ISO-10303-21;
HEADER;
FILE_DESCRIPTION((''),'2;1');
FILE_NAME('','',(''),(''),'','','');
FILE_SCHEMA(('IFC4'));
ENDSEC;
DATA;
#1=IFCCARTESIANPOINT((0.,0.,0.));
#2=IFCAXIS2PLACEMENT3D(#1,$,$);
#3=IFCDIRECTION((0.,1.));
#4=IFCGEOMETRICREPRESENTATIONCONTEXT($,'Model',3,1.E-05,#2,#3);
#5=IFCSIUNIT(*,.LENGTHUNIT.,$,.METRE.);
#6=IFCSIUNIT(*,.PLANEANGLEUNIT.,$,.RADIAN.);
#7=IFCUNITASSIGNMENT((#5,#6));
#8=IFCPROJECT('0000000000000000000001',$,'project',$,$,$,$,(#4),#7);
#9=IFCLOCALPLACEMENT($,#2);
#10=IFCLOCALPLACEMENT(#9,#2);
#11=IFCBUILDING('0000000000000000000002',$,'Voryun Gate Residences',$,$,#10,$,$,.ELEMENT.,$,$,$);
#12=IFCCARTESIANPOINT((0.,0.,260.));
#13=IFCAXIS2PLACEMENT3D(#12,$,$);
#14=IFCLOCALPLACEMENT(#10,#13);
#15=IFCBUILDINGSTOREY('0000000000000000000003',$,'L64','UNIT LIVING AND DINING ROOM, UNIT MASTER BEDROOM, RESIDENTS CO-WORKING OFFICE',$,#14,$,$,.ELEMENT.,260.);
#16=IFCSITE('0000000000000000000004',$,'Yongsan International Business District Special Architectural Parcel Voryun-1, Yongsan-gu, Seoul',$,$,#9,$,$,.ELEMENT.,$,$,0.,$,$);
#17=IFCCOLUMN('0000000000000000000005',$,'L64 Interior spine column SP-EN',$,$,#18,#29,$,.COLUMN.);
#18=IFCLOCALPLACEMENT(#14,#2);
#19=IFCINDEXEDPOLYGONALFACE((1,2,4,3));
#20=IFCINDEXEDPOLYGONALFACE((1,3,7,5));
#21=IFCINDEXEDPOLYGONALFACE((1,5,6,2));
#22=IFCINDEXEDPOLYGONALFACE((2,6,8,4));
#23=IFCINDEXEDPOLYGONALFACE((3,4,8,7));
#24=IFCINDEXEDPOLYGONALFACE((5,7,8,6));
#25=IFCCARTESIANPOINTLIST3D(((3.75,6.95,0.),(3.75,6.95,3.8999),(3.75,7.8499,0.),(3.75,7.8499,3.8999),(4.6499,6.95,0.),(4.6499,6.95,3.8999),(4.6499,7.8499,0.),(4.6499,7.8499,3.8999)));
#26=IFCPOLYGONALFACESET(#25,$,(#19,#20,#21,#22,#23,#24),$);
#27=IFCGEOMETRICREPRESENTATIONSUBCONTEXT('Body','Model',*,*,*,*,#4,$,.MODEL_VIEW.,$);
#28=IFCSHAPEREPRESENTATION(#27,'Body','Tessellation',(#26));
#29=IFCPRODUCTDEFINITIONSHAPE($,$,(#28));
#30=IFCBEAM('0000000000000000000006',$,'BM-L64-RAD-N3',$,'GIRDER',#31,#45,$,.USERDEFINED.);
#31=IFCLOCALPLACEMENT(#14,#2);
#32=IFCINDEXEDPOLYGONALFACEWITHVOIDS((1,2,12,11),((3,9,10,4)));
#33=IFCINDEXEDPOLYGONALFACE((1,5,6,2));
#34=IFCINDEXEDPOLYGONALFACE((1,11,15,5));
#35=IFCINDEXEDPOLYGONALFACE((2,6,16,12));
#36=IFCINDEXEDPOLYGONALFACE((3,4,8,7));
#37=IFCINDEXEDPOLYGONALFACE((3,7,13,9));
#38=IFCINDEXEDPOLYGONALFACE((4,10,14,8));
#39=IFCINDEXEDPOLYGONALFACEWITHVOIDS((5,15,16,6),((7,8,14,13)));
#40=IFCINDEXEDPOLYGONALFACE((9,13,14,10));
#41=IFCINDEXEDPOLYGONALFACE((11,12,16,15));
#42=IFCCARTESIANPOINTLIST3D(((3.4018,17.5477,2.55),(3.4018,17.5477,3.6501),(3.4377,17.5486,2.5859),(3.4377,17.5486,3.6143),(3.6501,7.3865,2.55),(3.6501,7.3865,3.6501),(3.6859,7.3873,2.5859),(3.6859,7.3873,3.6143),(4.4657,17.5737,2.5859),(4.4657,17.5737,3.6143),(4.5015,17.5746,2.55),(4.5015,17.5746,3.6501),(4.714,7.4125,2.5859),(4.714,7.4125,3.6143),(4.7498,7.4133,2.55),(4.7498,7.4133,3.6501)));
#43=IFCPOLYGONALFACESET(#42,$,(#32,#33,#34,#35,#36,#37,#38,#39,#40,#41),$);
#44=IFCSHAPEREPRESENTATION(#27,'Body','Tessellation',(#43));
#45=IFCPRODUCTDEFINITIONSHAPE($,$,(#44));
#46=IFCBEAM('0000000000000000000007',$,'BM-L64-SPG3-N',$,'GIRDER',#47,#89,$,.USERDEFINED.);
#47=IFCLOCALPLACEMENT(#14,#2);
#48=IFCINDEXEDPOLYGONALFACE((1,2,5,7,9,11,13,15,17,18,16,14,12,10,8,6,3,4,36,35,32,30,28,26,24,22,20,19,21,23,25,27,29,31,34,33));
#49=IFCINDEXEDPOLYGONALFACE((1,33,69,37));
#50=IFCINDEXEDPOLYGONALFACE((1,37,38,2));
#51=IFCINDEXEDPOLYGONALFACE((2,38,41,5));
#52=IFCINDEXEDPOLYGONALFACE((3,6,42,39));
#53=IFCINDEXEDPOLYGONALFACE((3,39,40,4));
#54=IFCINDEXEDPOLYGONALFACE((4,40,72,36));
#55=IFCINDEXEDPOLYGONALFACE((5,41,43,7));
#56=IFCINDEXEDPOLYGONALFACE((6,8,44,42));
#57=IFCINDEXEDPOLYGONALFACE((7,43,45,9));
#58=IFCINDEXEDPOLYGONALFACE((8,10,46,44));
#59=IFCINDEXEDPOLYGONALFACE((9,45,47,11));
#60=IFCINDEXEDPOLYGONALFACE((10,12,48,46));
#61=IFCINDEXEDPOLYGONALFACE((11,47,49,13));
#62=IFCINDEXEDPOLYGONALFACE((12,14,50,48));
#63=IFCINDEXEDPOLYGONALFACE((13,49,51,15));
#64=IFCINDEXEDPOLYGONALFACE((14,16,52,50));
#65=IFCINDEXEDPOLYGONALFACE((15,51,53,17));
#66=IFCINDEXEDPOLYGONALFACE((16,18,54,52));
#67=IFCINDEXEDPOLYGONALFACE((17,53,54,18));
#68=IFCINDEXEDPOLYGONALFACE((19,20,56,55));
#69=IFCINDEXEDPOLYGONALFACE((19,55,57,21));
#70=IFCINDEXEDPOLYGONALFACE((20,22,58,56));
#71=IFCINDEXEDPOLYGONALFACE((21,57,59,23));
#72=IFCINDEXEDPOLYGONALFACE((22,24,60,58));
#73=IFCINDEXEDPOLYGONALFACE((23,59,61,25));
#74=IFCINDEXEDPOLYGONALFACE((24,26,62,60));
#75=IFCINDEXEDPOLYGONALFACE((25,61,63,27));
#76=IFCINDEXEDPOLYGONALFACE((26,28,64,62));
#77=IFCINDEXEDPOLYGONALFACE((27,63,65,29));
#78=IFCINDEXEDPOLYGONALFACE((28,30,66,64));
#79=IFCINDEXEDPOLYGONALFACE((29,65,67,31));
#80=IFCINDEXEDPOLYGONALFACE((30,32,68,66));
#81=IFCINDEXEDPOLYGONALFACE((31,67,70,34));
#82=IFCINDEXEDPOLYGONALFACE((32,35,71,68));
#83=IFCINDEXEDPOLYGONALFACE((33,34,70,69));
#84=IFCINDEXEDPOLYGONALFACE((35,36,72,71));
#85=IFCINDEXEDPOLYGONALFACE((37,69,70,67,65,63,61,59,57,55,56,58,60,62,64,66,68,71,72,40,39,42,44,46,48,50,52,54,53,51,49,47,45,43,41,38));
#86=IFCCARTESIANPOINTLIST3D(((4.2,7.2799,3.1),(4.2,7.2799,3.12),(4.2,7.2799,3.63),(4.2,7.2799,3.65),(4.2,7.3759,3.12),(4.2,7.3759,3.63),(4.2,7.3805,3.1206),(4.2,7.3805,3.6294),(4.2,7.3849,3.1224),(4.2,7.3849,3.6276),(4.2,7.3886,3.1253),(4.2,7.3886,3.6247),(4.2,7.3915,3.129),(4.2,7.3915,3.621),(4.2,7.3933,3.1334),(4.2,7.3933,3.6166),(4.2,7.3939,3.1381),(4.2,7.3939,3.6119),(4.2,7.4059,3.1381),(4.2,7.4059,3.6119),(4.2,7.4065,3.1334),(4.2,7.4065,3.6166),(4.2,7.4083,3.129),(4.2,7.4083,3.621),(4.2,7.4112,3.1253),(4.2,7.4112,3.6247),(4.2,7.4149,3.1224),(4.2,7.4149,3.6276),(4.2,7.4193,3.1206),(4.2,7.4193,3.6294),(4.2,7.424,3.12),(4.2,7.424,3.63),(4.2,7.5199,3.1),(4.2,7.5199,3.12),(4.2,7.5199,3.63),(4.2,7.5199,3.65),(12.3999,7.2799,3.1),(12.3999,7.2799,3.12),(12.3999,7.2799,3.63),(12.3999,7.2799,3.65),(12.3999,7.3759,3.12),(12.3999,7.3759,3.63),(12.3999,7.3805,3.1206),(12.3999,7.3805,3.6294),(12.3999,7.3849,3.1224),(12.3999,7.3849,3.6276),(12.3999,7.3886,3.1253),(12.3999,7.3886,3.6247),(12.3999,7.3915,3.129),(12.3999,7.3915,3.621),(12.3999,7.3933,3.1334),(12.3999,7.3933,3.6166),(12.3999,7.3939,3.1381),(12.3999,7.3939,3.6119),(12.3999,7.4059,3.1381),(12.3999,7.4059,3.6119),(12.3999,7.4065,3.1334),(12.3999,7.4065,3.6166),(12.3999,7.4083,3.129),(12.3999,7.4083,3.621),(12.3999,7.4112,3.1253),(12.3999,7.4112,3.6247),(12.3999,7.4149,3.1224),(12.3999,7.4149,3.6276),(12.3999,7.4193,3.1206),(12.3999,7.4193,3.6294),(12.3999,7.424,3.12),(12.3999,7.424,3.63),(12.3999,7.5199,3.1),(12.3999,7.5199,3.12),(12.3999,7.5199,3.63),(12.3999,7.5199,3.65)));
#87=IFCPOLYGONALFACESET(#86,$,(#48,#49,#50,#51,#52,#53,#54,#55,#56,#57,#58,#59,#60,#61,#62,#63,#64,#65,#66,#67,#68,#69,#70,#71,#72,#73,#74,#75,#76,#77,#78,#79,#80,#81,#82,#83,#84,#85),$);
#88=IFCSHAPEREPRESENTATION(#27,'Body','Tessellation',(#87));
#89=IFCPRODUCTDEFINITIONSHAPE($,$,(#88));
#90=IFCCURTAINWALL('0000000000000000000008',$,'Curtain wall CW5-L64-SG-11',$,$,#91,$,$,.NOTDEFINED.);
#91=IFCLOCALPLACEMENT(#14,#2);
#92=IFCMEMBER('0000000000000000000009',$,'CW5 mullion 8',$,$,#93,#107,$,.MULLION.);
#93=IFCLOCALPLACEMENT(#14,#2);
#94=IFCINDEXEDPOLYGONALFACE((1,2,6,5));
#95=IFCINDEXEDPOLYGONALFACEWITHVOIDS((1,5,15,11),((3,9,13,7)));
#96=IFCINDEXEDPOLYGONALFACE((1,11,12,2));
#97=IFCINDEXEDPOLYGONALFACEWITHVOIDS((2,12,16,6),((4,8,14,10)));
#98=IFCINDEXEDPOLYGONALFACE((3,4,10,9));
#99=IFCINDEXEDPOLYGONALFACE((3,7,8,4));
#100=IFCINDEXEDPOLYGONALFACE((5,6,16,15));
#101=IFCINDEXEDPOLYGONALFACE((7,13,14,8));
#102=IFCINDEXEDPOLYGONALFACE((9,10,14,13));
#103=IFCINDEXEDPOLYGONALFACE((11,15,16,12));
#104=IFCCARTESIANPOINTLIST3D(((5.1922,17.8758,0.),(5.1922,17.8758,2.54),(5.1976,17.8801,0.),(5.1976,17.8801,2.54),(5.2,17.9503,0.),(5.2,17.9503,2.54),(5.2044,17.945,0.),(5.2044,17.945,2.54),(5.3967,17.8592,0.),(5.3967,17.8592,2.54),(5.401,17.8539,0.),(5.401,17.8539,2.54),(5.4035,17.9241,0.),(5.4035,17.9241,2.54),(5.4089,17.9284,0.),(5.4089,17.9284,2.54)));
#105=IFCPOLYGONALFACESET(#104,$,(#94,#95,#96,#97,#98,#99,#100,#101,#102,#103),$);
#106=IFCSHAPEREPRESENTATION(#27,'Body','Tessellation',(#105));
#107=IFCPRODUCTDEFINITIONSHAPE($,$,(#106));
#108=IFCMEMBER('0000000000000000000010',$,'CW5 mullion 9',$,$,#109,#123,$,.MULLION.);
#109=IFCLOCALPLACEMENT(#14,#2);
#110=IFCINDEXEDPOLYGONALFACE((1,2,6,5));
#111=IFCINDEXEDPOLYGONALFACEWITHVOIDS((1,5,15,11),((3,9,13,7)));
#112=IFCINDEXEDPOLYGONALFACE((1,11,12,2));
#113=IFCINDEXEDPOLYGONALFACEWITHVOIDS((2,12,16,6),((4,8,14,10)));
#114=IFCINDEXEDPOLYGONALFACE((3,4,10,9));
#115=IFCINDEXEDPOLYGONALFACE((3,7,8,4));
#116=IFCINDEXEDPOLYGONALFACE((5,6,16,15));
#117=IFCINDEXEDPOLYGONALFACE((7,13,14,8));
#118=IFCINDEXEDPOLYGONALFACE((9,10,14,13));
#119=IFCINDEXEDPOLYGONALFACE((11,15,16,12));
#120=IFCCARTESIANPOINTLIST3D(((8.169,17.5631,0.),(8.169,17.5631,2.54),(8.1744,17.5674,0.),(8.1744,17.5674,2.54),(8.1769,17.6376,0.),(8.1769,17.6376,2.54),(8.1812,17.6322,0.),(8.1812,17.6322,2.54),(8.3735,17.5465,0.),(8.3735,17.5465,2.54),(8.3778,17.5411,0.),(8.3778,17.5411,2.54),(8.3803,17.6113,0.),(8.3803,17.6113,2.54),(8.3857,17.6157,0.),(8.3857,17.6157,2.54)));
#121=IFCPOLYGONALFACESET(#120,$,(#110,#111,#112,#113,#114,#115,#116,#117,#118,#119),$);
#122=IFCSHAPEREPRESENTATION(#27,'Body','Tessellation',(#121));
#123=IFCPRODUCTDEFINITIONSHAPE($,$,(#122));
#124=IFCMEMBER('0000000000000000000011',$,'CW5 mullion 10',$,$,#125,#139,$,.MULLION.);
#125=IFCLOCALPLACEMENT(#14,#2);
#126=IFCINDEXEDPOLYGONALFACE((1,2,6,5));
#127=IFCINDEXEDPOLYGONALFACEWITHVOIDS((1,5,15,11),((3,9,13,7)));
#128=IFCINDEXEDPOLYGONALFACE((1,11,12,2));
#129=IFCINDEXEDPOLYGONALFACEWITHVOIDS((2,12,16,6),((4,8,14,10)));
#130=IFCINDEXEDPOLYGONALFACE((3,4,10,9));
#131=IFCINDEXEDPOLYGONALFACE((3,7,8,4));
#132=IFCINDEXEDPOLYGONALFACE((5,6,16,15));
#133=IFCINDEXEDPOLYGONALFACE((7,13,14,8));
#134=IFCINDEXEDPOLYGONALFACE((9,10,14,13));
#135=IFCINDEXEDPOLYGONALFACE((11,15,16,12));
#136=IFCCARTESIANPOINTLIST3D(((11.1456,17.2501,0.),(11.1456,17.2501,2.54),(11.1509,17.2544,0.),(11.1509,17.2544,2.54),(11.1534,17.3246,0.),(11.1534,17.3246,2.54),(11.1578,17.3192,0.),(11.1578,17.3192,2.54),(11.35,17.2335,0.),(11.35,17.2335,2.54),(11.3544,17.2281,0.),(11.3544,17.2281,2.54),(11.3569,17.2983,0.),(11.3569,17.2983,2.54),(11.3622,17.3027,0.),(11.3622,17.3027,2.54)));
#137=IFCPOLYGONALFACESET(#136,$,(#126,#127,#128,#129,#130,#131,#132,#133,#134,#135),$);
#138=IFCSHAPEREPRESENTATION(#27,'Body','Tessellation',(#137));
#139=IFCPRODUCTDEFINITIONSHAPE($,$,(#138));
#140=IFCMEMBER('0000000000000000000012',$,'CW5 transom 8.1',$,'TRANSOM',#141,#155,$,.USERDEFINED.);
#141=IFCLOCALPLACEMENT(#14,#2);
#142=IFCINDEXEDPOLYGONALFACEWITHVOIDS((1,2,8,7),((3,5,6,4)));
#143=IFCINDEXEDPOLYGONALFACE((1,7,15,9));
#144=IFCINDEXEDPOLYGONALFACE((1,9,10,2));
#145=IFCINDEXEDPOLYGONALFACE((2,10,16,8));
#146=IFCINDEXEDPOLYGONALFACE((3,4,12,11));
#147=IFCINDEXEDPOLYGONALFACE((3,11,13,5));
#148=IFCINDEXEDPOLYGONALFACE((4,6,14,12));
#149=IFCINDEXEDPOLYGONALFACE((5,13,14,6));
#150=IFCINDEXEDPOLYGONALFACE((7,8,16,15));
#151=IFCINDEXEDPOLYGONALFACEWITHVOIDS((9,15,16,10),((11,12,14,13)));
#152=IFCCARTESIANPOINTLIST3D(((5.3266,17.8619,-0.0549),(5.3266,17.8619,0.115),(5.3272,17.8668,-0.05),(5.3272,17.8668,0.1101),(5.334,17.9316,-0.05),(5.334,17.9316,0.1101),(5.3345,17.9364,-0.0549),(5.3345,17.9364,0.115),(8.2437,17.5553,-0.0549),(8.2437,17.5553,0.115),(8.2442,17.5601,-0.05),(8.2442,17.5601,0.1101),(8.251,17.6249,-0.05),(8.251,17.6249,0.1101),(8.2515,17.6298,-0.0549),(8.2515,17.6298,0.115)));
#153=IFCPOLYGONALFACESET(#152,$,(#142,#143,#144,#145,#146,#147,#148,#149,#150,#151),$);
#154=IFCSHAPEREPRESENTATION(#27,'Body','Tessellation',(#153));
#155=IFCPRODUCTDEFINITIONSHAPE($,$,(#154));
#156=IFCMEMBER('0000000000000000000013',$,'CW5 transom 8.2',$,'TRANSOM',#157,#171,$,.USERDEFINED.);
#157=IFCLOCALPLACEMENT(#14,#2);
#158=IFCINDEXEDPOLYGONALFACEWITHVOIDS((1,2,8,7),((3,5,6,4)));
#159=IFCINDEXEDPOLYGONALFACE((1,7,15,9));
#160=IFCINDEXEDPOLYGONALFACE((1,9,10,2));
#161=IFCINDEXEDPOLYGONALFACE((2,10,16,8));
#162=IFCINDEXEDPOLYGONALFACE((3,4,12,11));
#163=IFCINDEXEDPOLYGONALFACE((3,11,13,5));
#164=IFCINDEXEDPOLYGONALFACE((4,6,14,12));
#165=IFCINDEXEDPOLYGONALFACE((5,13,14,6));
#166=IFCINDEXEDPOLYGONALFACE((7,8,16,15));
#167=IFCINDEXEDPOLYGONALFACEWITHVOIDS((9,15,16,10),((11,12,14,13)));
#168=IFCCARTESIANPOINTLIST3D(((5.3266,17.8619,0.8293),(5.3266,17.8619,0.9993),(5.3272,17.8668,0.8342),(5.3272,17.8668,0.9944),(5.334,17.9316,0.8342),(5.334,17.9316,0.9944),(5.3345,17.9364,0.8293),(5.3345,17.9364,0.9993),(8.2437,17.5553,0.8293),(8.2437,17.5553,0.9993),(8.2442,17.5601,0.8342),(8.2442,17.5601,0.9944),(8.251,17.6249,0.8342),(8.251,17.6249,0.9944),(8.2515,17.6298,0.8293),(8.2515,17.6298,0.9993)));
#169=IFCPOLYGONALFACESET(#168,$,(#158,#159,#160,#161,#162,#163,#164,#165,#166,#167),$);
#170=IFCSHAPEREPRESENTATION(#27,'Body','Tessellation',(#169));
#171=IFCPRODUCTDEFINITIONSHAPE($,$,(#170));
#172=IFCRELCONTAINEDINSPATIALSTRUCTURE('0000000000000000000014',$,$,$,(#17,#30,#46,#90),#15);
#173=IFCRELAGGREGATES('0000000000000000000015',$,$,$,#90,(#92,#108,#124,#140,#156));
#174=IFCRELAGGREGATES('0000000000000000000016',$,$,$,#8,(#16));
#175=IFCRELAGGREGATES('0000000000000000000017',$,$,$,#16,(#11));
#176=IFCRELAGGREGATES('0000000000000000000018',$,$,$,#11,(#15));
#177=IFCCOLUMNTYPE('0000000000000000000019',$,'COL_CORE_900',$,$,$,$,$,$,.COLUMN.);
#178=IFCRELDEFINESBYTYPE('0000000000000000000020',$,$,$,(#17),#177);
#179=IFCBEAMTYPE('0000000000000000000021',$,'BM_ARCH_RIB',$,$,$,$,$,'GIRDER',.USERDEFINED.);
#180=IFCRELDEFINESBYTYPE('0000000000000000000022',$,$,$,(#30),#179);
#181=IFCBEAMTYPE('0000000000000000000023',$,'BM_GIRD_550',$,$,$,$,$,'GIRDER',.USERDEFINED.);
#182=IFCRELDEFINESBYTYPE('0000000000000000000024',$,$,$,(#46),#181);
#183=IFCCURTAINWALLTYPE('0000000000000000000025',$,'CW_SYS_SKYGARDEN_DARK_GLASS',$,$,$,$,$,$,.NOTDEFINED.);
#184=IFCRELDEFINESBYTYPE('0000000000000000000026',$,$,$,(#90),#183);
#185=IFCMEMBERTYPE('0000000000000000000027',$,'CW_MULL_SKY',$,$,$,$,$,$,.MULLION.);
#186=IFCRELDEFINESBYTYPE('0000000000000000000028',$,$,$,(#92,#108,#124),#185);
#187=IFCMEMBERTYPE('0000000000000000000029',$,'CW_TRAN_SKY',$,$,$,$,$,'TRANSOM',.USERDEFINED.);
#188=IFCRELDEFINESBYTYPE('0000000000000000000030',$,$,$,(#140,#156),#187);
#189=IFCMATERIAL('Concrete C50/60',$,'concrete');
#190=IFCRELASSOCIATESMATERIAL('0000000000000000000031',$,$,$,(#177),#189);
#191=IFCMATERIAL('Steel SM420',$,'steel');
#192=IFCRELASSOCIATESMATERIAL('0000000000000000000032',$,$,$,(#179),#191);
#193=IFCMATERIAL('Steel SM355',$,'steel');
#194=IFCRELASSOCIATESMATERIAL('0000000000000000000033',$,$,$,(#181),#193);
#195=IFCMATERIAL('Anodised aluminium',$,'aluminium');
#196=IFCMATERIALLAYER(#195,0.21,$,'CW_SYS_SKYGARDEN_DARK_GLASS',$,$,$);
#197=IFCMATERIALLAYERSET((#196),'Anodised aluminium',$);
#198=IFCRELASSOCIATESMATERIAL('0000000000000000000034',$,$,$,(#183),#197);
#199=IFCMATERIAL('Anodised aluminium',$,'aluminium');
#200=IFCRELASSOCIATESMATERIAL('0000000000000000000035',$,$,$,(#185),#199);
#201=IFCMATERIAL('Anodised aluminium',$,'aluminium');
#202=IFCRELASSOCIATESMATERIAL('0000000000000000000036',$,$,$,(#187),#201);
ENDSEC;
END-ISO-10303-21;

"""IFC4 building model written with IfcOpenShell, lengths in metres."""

from ifc_helpers import new_model, si_unit, direction, frame, origin, origin_2d, place, context, subcontext, project, spatial, rectangle, hollow_rectangle, i_section, extrude, material, layer, layer_set, material_profile, profile_set, type_object, element, aggregate, save


model = new_model("IFC4")

# Units and contexts
model_context = context("Model", 3, precision=1e-05, world=origin(), true_north=direction((0.0, 1.0)))
body_context = subcontext(model_context, "Body", "Model", "MODEL_VIEW")
ifc_project = project(units=[si_unit("LENGTHUNIT", "METRE"), si_unit("PLANEANGLEUNIT", "RADIAN")], contexts=[model_context])

# Site, building, storey
site_placement = place(None, origin())
site = spatial("IfcSite", under=ifc_project, at=site_placement, Name="Yongsan International Business District Special Architectural Parcel Voryun-1, Yongsan-gu, Seoul", CompositionType="ELEMENT", RefElevation=0.0)
building_placement = place(site_placement, origin())
building = spatial("IfcBuilding", under=site, at=building_placement, Name="Voryun Gate Residences", CompositionType="ELEMENT")
storey_placement = place(building_placement, frame((0.0, 0.0, 260.0)))
storey = spatial("IfcBuildingStorey", under=building, at=storey_placement, Name="L64", Description="UNIT LIVING AND DINING ROOM, UNIT MASTER BEDROOM, RESIDENTS CO-WORKING OFFICE", CompositionType="ELEMENT", Elevation=260.0)

# Column
ifc_material_1 = material(Name="Concrete C50/60", Category="concrete")
ifc_material_profile_1 = material_profile(ifc_material_1, rectangle(XDim=0.8999, YDim=0.8999, at=origin_2d()), Name="RC-900x900")
ifc_profile_set_1 = profile_set([ifc_material_profile_1], Name="Concrete C50/60")
column_type = type_object("IfcColumnType", Name="COL_CORE_900", PredefinedType="COLUMN", material=ifc_profile_set_1)
column_placement = place(storey_placement, frame((4.2, 7.3999, 0.0), z_axis=(0.0, 0.0, 1.0), x_axis=(1.0, 0.0, 0.0)))
element("IfcColumn", 1, at=column_placement, inside=storey, type_object=column_type, Name="L64 Interior spine column SP-EN", PredefinedType="COLUMN", context=body_context, shape_type="SweptSolid", body=[
    extrude(rectangle(XDim=0.8999, YDim=0.8999, at=origin_2d()), origin(), (0.0, 0.0, 1.0), 3.8999),
])

# Beams
ifc_material_2 = material(Name="Steel SM420", Category="steel")
ifc_material_profile_2 = material_profile(ifc_material_2, hollow_rectangle(XDim=1.1001, YDim=1.1001, WallThickness=0.0359, at=origin_2d()), Name="BOX-1100x1100x36")
ifc_profile_set_2 = profile_set([ifc_material_profile_2], Name="Steel SM420")
beam_type_1 = type_object("IfcBeamType", Name="BM_ARCH_RIB", ElementType="GIRDER", PredefinedType="USERDEFINED", material=ifc_profile_set_2)
beam_1_placement = place(storey_placement, frame((4.2, 7.3999, 3.1001), z_axis=(-0.024427, 0.999702, 0.0), x_axis=(-0.999702, -0.024427, 0.0)))
element("IfcBeam", 2, at=beam_1_placement, inside=storey, type_object=beam_type_1, Name="BM-L64-RAD-N3", ObjectType="GIRDER", PredefinedType="USERDEFINED", context=body_context, shape_type="SweptSolid", body=[
    extrude(hollow_rectangle(XDim=1.1001, YDim=1.1001, WallThickness=0.0359, at=origin_2d()), origin(), (0.0, 0.0, 1.0), 10.1643),
])
ifc_material_3 = material(Name="Steel SM355", Category="steel")
ifc_material_profile_3 = material_profile(ifc_material_3, i_section(OverallWidth=0.24, OverallDepth=0.55, WebThickness=0.012, FlangeThickness=0.02, FilletRadius=0.0181, at=origin_2d()), Name="H-550x240x12x20")
ifc_profile_set_3 = profile_set([ifc_material_profile_3], Name="Steel SM355")
beam_type_2 = type_object("IfcBeamType", Name="BM_GIRD_550", ElementType="GIRDER", PredefinedType="USERDEFINED", material=ifc_profile_set_3)
beam_2_placement = place(storey_placement, frame((4.2, 7.3999, 3.375), z_axis=(1.0, 0.0, 0.0), x_axis=(0.0, 1.0, 0.0)))
element("IfcBeam", 3, at=beam_2_placement, inside=storey, type_object=beam_type_2, Name="BM-L64-SPG3-N", ObjectType="GIRDER", PredefinedType="USERDEFINED", context=body_context, shape_type="SweptSolid", body=[
    extrude(i_section(OverallWidth=0.24, OverallDepth=0.55, WebThickness=0.012, FlangeThickness=0.02, FilletRadius=0.0181, at=origin_2d()), origin(), (0.0, 0.0, 1.0), 8.2),
])

# Curtain wall, members
ifc_material_4 = material(Name="Anodised aluminium", Category="aluminium")
ifc_layer_1 = layer(ifc_material_4, 0.21, Name="CW_SYS_SKYGARDEN_DARK_GLASS")
ifc_layer_set_1 = layer_set([ifc_layer_1], Name="Anodised aluminium")
curtain_wall_type = type_object("IfcCurtainWallType", Name="CW_SYS_SKYGARDEN_DARK_GLASS", PredefinedType="NOTDEFINED", material=ifc_layer_set_1)
curtain_wall_placement = place(storey_placement, origin())
curtain_wall = element("IfcCurtainWall", 4, at=curtain_wall_placement, inside=storey, type_object=curtain_wall_type, Name="Curtain wall CW5-L64-SG-11", PredefinedType="NOTDEFINED")
ifc_material_5 = material(Name="Anodised aluminium", Category="aluminium")
ifc_material_profile_4 = material_profile(ifc_material_5, hollow_rectangle(XDim=0.075, YDim=0.21, WallThickness=0.0049, at=origin_2d()), Name="ALU-MULL-210x75x5")
ifc_profile_set_4 = profile_set([ifc_material_profile_4], Name="Anodised aluminium")
member_type_1 = type_object("IfcMemberType", Name="CW_MULL_SKY", PredefinedType="MULLION", material=ifc_profile_set_4)
member_1_placement = place(storey_placement, frame((5.3005, 17.9021, 0.0), z_axis=(0.0, 0.0, 1.0), x_axis=(0.104532, 0.994521, 0.0)))
member_1 = element("IfcMember", 5, at=member_1_placement, type_object=member_type_1, Name="CW5 mullion 8", PredefinedType="MULLION", context=body_context, shape_type="SweptSolid", body=[
    extrude(hollow_rectangle(XDim=0.075, YDim=0.21, WallThickness=0.0049, at=origin_2d()), origin(), (0.0, 0.0, 1.0), 2.54),
])
member_2_placement = place(storey_placement, frame((8.2773, 17.5894, 0.0), z_axis=(0.0, 0.0, 1.0), x_axis=(0.104532, 0.994521, 0.0)))
member_2 = element("IfcMember", 6, at=member_2_placement, type_object=member_type_1, Name="CW5 mullion 9", PredefinedType="MULLION", context=body_context, shape_type="SweptSolid", body=[
    extrude(hollow_rectangle(XDim=0.075, YDim=0.21, WallThickness=0.0049, at=origin_2d()), origin(), (0.0, 0.0, 1.0), 2.54),
])
member_3_placement = place(storey_placement, frame((11.2539, 17.2764, 0.0), z_axis=(0.0, 0.0, 1.0), x_axis=(0.104532, 0.994521, 0.0)))
member_3 = element("IfcMember", 7, at=member_3_placement, type_object=member_type_1, Name="CW5 mullion 10", PredefinedType="MULLION", context=body_context, shape_type="SweptSolid", body=[
    extrude(hollow_rectangle(XDim=0.075, YDim=0.21, WallThickness=0.0049, at=origin_2d()), origin(), (0.0, 0.0, 1.0), 2.54),
])
ifc_material_6 = material(Name="Anodised aluminium", Category="aluminium")
ifc_material_profile_5 = material_profile(ifc_material_6, hollow_rectangle(XDim=0.075, YDim=0.1699, WallThickness=0.0049, at=origin_2d()), Name="ALU-TRAN-170x75x5")
ifc_profile_set_5 = profile_set([ifc_material_profile_5], Name="Anodised aluminium")
member_type_2 = type_object("IfcMemberType", Name="CW_TRAN_SKY", ElementType="TRANSOM", PredefinedType="USERDEFINED", material=ifc_profile_set_5)
member_4_placement = place(storey_placement, frame((5.3306, 17.8992, 0.03), z_axis=(0.99452, -0.104546, 0.0), x_axis=(0.104546, 0.99452, 0.0)))
member_4 = element("IfcMember", 8, at=member_4_placement, type_object=member_type_2, Name="CW5 transom 8.1", ObjectType="TRANSOM", PredefinedType="USERDEFINED", context=body_context, shape_type="SweptSolid", body=[
    extrude(hollow_rectangle(XDim=0.075, YDim=0.1699, WallThickness=0.0049, at=origin_2d()), origin(), (0.0, 0.0, 1.0), 2.9331),
])
member_5_placement = place(storey_placement, frame((5.3306, 17.8992, 0.9143), z_axis=(0.99452, -0.104546, 0.0), x_axis=(0.104546, 0.99452, 0.0)))
member_5 = element("IfcMember", 9, at=member_5_placement, type_object=member_type_2, Name="CW5 transom 8.2", ObjectType="TRANSOM", PredefinedType="USERDEFINED", context=body_context, shape_type="SweptSolid", body=[
    extrude(hollow_rectangle(XDim=0.075, YDim=0.1699, WallThickness=0.0049, at=origin_2d()), origin(), (0.0, 0.0, 1.0), 2.9331),
])

aggregate(curtain_wall, [member_1, member_2, member_3, member_4, member_5])

save(model, "model.ifc")
